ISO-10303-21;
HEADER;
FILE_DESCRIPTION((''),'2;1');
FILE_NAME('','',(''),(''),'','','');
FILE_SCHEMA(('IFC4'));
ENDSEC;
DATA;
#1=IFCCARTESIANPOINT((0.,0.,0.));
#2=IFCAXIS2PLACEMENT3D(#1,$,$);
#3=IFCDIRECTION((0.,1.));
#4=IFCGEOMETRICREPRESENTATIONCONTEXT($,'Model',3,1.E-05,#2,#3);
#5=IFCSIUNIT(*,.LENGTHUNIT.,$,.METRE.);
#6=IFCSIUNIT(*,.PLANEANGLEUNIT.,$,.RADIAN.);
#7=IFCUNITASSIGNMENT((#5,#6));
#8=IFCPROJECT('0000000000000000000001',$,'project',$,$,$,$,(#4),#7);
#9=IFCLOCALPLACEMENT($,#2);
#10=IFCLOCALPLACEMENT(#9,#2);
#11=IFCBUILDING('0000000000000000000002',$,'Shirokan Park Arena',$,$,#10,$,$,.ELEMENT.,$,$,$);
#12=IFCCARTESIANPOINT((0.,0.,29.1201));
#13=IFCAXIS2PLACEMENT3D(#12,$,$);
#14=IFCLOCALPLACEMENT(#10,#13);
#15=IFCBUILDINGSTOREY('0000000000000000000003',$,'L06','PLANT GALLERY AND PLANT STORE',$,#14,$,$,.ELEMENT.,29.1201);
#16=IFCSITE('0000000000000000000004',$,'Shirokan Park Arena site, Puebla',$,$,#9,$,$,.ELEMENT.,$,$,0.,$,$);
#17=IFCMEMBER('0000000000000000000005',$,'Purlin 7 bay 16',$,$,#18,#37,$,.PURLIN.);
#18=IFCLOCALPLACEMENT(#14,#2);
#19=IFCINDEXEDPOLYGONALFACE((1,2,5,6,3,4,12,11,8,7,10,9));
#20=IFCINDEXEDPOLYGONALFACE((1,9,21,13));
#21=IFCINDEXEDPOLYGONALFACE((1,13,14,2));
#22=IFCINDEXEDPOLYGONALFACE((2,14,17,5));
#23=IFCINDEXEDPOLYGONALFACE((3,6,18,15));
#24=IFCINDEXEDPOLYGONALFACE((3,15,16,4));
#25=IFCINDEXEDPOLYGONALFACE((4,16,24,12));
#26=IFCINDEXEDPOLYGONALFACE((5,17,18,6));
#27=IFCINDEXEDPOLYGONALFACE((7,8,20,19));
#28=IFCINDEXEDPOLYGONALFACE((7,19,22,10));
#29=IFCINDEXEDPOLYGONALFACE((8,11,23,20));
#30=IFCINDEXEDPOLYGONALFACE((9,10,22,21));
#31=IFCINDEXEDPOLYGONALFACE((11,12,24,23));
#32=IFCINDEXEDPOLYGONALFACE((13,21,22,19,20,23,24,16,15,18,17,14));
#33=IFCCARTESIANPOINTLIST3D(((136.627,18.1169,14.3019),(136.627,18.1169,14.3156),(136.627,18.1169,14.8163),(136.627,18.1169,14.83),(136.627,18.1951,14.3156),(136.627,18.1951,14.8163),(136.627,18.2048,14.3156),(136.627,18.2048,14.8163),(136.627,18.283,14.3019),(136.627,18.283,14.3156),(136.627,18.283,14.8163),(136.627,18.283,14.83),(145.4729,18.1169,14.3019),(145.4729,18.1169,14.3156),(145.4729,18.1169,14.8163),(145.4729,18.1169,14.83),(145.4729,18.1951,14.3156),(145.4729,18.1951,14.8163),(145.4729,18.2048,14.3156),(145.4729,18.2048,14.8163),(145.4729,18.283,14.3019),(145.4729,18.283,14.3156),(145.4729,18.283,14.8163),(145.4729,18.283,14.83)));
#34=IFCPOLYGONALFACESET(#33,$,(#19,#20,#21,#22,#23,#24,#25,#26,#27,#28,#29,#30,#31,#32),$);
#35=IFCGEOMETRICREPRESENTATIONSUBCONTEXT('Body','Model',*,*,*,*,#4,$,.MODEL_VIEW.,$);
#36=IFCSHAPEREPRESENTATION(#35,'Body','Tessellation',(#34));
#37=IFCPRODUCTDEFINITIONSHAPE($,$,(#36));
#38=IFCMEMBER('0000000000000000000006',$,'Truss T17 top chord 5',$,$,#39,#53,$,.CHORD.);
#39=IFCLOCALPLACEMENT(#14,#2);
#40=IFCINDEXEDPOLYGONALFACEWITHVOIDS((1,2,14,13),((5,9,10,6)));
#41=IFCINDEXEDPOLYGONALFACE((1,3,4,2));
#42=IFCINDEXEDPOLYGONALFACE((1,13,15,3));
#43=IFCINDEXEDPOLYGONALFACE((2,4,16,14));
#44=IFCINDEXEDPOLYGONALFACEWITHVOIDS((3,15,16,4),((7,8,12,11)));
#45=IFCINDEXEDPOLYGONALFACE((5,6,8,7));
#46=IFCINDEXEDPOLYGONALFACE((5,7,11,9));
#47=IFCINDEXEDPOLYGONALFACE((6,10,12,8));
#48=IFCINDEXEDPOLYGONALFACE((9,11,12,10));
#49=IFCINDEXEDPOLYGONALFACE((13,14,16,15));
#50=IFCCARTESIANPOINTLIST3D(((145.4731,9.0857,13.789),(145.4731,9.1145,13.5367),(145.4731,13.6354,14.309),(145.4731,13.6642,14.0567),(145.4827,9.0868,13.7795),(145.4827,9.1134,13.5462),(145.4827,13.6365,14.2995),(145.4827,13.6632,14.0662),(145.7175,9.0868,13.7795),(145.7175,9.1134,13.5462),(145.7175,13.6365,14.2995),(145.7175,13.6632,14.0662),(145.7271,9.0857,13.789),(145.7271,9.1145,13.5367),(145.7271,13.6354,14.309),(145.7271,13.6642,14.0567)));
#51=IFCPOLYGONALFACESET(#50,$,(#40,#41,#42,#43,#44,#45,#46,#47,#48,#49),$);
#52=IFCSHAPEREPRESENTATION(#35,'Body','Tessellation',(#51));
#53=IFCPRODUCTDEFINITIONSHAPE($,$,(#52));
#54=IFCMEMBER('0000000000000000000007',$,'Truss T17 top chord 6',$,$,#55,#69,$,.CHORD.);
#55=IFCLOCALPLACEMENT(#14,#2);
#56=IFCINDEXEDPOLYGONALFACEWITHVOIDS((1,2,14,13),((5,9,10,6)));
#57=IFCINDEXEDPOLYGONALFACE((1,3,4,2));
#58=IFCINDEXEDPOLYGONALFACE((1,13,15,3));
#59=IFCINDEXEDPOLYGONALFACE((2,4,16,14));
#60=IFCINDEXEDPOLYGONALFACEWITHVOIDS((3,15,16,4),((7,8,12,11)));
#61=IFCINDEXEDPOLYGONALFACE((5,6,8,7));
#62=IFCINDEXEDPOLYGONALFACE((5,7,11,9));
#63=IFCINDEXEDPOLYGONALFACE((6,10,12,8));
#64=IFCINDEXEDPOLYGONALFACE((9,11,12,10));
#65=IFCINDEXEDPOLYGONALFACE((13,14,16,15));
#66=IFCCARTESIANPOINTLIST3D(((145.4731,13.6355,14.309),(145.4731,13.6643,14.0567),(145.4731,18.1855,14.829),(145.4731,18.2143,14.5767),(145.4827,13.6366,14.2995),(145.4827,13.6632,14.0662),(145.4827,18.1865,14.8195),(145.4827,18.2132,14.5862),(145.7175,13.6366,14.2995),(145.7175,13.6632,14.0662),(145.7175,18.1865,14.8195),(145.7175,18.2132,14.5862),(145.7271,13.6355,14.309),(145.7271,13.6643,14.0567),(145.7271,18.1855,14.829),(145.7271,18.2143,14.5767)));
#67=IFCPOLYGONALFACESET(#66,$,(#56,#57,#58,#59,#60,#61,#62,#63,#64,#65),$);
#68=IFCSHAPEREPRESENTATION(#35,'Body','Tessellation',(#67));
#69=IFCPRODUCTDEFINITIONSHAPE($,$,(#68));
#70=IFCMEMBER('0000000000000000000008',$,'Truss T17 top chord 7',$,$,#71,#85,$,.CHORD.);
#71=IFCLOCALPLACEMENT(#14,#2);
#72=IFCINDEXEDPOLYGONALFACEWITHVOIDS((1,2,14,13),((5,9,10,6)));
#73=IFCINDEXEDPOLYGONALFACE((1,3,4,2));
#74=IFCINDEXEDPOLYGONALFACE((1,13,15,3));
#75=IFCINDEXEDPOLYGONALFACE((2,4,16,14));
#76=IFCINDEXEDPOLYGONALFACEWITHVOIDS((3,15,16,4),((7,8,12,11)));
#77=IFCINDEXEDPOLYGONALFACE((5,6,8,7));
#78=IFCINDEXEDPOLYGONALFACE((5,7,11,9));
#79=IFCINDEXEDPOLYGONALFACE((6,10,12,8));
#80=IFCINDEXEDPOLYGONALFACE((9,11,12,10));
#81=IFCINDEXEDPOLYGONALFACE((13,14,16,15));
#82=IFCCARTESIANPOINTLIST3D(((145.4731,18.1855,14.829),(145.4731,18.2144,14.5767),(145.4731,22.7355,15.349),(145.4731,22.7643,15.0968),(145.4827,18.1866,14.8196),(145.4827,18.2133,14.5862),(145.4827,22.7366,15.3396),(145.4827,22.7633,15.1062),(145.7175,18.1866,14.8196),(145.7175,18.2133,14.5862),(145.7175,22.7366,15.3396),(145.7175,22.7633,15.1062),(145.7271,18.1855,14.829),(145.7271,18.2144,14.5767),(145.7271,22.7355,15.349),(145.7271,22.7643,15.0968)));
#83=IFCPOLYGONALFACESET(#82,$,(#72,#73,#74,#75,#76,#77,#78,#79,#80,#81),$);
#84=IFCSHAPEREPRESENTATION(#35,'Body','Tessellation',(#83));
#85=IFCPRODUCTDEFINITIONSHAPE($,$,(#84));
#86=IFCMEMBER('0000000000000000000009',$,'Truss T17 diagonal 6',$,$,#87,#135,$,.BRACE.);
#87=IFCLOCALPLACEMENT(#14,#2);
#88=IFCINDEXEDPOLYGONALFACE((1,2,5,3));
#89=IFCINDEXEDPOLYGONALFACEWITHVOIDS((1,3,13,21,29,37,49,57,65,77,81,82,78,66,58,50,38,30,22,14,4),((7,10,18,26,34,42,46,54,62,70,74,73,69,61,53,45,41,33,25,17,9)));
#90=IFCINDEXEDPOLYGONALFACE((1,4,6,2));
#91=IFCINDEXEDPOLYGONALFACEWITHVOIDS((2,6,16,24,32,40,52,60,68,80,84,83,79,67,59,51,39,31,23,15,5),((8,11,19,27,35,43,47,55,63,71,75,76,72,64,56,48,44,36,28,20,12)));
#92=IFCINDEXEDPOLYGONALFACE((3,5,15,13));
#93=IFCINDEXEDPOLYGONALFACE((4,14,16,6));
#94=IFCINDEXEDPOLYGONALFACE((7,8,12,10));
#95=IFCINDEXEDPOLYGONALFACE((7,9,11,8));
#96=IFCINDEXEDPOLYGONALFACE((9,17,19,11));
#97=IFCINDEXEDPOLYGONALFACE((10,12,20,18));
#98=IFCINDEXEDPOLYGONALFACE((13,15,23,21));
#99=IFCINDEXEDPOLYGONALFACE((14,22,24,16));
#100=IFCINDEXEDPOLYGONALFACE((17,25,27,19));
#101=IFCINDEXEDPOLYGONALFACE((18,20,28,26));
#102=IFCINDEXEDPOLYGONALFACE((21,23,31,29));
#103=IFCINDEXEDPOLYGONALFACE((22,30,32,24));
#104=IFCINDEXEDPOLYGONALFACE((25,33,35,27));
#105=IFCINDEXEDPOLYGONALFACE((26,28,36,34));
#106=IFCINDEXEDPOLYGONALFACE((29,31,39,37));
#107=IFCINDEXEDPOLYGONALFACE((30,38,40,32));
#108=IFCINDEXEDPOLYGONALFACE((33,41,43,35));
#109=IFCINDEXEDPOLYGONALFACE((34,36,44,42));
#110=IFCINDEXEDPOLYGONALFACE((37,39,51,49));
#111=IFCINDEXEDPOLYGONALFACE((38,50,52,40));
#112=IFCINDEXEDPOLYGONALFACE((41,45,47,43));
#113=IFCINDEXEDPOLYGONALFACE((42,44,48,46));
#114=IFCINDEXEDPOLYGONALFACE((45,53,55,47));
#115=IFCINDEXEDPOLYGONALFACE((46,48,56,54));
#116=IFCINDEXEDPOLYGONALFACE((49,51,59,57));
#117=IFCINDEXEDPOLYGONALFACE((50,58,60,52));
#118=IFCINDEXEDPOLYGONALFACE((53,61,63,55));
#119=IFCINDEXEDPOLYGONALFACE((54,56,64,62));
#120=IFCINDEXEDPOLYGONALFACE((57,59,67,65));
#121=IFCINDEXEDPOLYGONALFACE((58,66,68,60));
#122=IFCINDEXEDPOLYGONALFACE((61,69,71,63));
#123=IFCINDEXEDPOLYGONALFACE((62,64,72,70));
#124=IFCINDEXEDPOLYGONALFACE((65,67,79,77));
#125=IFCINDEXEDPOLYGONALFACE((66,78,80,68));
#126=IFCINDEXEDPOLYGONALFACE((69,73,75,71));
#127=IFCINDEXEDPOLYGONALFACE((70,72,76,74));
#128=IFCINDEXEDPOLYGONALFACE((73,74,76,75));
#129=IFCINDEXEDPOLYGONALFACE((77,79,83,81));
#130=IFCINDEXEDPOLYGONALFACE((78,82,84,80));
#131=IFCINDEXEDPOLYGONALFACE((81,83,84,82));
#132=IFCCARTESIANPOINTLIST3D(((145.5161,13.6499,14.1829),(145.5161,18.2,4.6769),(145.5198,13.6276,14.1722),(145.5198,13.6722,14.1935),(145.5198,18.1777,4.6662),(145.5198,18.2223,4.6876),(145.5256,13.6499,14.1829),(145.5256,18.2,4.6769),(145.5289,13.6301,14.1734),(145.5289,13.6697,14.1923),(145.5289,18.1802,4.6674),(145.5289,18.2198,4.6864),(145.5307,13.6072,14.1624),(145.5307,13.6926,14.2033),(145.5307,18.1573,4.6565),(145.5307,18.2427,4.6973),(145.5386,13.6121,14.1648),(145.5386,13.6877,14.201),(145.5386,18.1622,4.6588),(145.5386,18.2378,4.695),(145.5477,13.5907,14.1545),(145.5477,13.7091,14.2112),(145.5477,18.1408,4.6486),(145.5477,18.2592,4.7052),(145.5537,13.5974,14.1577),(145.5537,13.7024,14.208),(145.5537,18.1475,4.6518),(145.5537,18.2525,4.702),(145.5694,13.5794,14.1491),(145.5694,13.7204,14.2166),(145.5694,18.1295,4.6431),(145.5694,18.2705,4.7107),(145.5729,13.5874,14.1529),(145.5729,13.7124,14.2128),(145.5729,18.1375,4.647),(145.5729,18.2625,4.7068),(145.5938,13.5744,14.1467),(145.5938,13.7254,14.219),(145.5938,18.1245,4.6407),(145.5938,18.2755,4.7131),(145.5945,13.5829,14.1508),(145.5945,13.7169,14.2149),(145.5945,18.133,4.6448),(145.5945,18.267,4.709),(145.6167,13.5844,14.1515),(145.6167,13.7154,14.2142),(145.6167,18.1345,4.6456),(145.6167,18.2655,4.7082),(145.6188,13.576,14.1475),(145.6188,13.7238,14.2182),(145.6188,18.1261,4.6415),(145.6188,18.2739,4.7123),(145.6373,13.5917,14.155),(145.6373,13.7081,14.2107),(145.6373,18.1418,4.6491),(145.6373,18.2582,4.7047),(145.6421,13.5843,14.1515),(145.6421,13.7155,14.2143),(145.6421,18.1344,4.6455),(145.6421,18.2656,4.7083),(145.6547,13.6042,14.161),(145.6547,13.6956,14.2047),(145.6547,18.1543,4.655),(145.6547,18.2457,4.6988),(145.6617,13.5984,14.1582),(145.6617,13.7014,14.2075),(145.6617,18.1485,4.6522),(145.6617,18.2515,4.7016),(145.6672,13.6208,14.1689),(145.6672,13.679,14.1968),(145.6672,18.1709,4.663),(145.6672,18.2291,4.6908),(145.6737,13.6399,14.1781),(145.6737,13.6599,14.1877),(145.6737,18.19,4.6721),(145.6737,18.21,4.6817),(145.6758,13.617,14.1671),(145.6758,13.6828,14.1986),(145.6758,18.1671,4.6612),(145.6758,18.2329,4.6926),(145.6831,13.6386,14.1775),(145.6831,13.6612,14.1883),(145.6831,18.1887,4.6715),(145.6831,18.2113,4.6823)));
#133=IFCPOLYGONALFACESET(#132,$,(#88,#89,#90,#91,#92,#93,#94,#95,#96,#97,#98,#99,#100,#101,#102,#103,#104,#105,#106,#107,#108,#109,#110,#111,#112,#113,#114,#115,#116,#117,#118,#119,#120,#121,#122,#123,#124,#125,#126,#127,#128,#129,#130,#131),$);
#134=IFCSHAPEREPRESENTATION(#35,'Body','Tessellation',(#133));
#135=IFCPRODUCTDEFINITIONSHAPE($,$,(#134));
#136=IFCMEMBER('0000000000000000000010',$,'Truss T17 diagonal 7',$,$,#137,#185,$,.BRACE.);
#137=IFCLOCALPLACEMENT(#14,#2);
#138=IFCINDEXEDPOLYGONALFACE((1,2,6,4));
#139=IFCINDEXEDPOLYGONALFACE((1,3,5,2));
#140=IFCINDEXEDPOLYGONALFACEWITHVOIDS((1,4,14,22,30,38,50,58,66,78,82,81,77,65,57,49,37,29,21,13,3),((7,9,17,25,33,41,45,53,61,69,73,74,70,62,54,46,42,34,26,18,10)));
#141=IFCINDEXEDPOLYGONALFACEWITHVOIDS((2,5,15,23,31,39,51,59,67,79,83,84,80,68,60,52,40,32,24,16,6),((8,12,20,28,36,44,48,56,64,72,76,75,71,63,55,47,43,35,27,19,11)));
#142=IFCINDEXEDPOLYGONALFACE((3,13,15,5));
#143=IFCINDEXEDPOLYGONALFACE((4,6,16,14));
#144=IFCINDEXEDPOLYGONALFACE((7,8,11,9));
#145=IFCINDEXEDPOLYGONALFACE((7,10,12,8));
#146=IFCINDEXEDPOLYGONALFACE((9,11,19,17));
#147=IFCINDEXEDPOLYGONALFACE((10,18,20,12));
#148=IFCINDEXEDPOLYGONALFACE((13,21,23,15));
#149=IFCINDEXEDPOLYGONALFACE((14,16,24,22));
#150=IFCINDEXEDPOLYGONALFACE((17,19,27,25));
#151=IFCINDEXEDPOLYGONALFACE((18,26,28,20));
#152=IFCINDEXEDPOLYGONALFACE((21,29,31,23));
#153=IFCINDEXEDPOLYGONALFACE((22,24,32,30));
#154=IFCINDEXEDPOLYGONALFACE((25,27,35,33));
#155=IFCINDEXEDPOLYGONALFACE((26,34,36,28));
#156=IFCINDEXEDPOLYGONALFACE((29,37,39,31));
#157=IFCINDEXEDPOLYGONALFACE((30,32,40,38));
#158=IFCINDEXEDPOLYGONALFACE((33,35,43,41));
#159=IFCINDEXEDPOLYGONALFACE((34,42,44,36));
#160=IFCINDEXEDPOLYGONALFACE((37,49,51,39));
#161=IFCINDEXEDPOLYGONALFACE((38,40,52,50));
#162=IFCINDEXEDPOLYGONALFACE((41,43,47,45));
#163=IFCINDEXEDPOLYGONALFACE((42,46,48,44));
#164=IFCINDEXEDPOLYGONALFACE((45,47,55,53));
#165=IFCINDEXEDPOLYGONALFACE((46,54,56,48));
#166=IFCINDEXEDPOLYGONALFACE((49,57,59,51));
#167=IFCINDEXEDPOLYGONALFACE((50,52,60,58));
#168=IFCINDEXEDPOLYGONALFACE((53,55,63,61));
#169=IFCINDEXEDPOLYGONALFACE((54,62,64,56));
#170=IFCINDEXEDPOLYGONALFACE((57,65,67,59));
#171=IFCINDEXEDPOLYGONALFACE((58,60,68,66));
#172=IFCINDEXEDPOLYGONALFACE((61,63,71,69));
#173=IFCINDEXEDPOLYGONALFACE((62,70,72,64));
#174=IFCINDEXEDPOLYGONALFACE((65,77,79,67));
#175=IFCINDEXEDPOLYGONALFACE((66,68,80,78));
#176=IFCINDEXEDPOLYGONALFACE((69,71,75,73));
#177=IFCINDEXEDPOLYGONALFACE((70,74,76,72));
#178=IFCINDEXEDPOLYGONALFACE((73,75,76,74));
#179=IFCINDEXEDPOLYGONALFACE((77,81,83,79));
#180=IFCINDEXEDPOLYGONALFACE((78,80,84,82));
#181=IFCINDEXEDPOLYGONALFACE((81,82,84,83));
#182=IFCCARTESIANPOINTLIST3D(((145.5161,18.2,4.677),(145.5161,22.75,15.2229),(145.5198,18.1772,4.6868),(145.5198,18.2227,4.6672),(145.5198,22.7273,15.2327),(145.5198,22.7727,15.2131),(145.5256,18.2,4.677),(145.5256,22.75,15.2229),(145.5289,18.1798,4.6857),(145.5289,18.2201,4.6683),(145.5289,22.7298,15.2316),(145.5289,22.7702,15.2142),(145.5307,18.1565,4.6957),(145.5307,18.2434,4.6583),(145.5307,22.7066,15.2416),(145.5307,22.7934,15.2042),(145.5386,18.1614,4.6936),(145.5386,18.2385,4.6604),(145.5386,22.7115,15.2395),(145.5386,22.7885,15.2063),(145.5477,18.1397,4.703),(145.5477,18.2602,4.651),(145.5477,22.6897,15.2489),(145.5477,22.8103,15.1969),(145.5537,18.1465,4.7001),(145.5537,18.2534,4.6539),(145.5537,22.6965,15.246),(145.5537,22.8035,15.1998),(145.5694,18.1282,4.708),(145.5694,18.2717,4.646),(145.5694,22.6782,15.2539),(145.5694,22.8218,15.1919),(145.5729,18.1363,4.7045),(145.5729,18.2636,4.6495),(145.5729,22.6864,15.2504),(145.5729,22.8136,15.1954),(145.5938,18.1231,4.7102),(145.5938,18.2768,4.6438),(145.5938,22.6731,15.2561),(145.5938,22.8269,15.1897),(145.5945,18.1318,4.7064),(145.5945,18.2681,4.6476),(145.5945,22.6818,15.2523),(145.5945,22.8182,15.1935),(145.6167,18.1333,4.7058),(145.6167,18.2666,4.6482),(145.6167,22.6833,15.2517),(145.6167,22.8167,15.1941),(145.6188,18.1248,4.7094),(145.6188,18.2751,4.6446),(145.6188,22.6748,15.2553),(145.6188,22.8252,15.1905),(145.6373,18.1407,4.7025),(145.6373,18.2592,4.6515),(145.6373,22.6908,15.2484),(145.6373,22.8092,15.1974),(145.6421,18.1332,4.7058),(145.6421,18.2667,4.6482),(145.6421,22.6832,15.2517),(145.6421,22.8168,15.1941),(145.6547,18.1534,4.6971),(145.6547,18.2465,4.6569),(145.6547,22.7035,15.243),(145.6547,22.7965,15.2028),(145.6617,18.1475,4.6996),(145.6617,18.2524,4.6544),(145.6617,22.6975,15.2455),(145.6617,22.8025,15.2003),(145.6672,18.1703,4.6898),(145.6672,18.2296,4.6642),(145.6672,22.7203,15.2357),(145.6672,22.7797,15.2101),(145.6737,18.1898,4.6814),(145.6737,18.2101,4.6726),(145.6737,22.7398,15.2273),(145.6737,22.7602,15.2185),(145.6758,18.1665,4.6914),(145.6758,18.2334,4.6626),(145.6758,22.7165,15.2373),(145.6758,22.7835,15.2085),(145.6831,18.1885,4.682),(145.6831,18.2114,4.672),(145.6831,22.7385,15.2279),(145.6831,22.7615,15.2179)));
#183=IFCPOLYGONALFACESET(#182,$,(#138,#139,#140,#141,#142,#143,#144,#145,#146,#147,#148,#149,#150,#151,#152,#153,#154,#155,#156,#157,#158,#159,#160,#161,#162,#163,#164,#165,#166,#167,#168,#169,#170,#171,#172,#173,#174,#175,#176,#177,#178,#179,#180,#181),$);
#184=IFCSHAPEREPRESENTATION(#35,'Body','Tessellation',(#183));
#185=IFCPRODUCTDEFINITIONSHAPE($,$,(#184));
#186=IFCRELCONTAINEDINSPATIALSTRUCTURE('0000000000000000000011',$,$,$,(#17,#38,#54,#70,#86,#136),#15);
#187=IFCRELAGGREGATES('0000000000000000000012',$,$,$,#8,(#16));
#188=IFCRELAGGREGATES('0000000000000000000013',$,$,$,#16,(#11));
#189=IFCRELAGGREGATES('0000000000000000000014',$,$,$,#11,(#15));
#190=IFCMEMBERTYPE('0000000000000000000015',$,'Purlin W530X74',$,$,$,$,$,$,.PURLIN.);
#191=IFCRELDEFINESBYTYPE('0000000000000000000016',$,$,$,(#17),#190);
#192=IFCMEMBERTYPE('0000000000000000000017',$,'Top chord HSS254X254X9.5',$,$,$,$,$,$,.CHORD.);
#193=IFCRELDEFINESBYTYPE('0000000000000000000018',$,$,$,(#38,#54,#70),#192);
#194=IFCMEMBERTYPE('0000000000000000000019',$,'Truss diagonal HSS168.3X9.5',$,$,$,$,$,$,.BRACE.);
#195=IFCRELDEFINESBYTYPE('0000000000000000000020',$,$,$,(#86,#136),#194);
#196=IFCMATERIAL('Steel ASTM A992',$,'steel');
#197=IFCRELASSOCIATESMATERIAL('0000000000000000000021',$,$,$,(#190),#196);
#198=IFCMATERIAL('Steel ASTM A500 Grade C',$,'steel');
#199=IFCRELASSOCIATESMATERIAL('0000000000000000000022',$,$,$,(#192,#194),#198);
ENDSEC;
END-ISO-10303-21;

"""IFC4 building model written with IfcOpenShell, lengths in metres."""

from ifc_helpers import new_model, si_unit, direction, frame, origin, origin_2d, place, context, subcontext, project, spatial, hollow_rectangle, hollow_circle, i_section, extrude, material, material_profile, profile_set, type_object, element, save


model = new_model("IFC4")

# Units and contexts
model_context = context("Model", 3, precision=1e-05, world=origin(), true_north=direction((0.0, 1.0)))
body_context = subcontext(model_context, "Body", "Model", "MODEL_VIEW")
ifc_project = project(units=[si_unit("LENGTHUNIT", "METRE"), si_unit("PLANEANGLEUNIT", "RADIAN")], contexts=[model_context])

# Site, building, storey
site_placement = place(None, origin())
site = spatial("IfcSite", under=ifc_project, at=site_placement, Name="Shirokan Park Arena site, Puebla", CompositionType="ELEMENT", RefElevation=0.0)
building_placement = place(site_placement, origin())
building = spatial("IfcBuilding", under=site, at=building_placement, Name="Shirokan Park Arena", CompositionType="ELEMENT")
storey_placement = place(building_placement, frame((0.0, 0.0, 29.1201)))
storey = spatial("IfcBuildingStorey", under=building, at=storey_placement, Name="L06", Description="PLANT GALLERY AND PLANT STORE", CompositionType="ELEMENT", Elevation=29.1201)

# Members
ifc_material_1 = material(Name="Steel ASTM A500 Grade C", Category="steel")
ifc_material_2 = material(Name="Steel ASTM A992", Category="steel")
ifc_material_profile_1 = material_profile(ifc_material_2, i_section(OverallWidth=0.166, OverallDepth=0.5281, WebThickness=0.0098, FlangeThickness=0.0137, at=origin_2d()), Name="W530X74")
ifc_profile_set_1 = profile_set([ifc_material_profile_1], Name="Steel ASTM A992")
member_type_1 = type_object("IfcMemberType", Name="Purlin W530X74", PredefinedType="PURLIN", material=ifc_profile_set_1)
for number, where, z_axis, x_axis, name in (
    (1, (136.627, 18.2, 14.5659), (1.0, 0.0, 0.0), (0.0, 1.0, 0.0), "Purlin 7 bay 16"),
):
    element("IfcMember", number, at=place(storey_placement, frame(where, z_axis=z_axis, x_axis=x_axis)), inside=storey, type_object=member_type_1, Name=name, PredefinedType="PURLIN", context=body_context, shape_type="SweptSolid", body=[
        extrude(i_section(OverallWidth=0.166, OverallDepth=0.5281, WebThickness=0.0098, FlangeThickness=0.0137, at=origin_2d()), origin(), (0.0, 0.0, 1.0), 8.8459),
    ])
ifc_material_profile_2 = material_profile(ifc_material_1, hollow_rectangle(XDim=0.2539, YDim=0.2539, WallThickness=0.0095, at=origin_2d()), Name="HSS254X254X9.5")
ifc_profile_set_2 = profile_set([ifc_material_profile_2], Name="Steel ASTM A500 Grade C")
member_type_2 = type_object("IfcMemberType", Name="Top chord HSS254X254X9.5", PredefinedType="CHORD", material=ifc_profile_set_2)
member_1_placement = place(storey_placement, frame((145.6001, 9.1001, 13.6628), z_axis=(0.0, 0.993532, 0.113556), x_axis=(-1.0, 0.0, 0.0)))
element("IfcMember", 2, at=member_1_placement, inside=storey, type_object=member_type_2, Name="Truss T17 top chord 5", PredefinedType="CHORD", context=body_context, shape_type="SweptSolid", body=[
    extrude(hollow_rectangle(XDim=0.2539, YDim=0.2539, WallThickness=0.0095, at=origin_2d()), origin(), (0.0, 0.0, 1.0), 4.5793),
])
for number, where, z_axis, x_axis, name in (
    (3, (145.6001, 13.6499, 14.1829), (0.0, 0.993532, 0.11355), (-1.0, 0.0, 0.0), "Truss T17 top chord 6"),
    (4, (145.6001, 18.2, 14.7029), (0.0, 0.993532, 0.11355), (-1.0, 0.0, 0.0), "Truss T17 top chord 7"),
):
    element("IfcMember", number, at=place(storey_placement, frame(where, z_axis=z_axis, x_axis=x_axis)), inside=storey, type_object=member_type_2, Name=name, PredefinedType="CHORD", context=body_context, shape_type="SweptSolid", body=[
        extrude(hollow_rectangle(XDim=0.2539, YDim=0.2539, WallThickness=0.0095, at=origin_2d()), origin(), (0.0, 0.0, 1.0), 4.5796),
    ])
ifc_material_profile_3 = material_profile(ifc_material_1, hollow_circle(Radius=0.084, WallThickness=0.0095, at=origin_2d()), Name="HSS168.3X9.5")
ifc_profile_set_3 = profile_set([ifc_material_profile_3], Name="Steel ASTM A500 Grade C")
member_type_3 = type_object("IfcMemberType", Name="Truss diagonal HSS168.3X9.5", PredefinedType="BRACE", material=ifc_profile_set_3)
member_2_placement = place(storey_placement, frame((145.6001, 13.6499, 14.1829), z_axis=(0.0, 0.431746, -0.901995), x_axis=(-1.0, 0.0, 0.0)))
element("IfcMember", 5, at=member_2_placement, inside=storey, type_object=member_type_3, Name="Truss T17 diagonal 6", PredefinedType="BRACE", context=body_context, shape_type="SweptSolid", body=[
    extrude(hollow_circle(Radius=0.084, WallThickness=0.0095, at=origin_2d()), origin(), (0.0, 0.0, 1.0), 10.5388),
])
member_3_placement = place(storey_placement, frame((145.6001, 18.2, 4.677), z_axis=(0.0, 0.396153, 0.918185), x_axis=(-1.0, 0.0, 0.0)))
element("IfcMember", 6, at=member_3_placement, inside=storey, type_object=member_type_3, Name="Truss T17 diagonal 7", PredefinedType="BRACE", context=body_context, shape_type="SweptSolid", body=[
    extrude(hollow_circle(Radius=0.084, WallThickness=0.0095, at=origin_2d()), origin(), (0.0, 0.0, 1.0), 11.4856),
])

save(model, "model.ifc")
